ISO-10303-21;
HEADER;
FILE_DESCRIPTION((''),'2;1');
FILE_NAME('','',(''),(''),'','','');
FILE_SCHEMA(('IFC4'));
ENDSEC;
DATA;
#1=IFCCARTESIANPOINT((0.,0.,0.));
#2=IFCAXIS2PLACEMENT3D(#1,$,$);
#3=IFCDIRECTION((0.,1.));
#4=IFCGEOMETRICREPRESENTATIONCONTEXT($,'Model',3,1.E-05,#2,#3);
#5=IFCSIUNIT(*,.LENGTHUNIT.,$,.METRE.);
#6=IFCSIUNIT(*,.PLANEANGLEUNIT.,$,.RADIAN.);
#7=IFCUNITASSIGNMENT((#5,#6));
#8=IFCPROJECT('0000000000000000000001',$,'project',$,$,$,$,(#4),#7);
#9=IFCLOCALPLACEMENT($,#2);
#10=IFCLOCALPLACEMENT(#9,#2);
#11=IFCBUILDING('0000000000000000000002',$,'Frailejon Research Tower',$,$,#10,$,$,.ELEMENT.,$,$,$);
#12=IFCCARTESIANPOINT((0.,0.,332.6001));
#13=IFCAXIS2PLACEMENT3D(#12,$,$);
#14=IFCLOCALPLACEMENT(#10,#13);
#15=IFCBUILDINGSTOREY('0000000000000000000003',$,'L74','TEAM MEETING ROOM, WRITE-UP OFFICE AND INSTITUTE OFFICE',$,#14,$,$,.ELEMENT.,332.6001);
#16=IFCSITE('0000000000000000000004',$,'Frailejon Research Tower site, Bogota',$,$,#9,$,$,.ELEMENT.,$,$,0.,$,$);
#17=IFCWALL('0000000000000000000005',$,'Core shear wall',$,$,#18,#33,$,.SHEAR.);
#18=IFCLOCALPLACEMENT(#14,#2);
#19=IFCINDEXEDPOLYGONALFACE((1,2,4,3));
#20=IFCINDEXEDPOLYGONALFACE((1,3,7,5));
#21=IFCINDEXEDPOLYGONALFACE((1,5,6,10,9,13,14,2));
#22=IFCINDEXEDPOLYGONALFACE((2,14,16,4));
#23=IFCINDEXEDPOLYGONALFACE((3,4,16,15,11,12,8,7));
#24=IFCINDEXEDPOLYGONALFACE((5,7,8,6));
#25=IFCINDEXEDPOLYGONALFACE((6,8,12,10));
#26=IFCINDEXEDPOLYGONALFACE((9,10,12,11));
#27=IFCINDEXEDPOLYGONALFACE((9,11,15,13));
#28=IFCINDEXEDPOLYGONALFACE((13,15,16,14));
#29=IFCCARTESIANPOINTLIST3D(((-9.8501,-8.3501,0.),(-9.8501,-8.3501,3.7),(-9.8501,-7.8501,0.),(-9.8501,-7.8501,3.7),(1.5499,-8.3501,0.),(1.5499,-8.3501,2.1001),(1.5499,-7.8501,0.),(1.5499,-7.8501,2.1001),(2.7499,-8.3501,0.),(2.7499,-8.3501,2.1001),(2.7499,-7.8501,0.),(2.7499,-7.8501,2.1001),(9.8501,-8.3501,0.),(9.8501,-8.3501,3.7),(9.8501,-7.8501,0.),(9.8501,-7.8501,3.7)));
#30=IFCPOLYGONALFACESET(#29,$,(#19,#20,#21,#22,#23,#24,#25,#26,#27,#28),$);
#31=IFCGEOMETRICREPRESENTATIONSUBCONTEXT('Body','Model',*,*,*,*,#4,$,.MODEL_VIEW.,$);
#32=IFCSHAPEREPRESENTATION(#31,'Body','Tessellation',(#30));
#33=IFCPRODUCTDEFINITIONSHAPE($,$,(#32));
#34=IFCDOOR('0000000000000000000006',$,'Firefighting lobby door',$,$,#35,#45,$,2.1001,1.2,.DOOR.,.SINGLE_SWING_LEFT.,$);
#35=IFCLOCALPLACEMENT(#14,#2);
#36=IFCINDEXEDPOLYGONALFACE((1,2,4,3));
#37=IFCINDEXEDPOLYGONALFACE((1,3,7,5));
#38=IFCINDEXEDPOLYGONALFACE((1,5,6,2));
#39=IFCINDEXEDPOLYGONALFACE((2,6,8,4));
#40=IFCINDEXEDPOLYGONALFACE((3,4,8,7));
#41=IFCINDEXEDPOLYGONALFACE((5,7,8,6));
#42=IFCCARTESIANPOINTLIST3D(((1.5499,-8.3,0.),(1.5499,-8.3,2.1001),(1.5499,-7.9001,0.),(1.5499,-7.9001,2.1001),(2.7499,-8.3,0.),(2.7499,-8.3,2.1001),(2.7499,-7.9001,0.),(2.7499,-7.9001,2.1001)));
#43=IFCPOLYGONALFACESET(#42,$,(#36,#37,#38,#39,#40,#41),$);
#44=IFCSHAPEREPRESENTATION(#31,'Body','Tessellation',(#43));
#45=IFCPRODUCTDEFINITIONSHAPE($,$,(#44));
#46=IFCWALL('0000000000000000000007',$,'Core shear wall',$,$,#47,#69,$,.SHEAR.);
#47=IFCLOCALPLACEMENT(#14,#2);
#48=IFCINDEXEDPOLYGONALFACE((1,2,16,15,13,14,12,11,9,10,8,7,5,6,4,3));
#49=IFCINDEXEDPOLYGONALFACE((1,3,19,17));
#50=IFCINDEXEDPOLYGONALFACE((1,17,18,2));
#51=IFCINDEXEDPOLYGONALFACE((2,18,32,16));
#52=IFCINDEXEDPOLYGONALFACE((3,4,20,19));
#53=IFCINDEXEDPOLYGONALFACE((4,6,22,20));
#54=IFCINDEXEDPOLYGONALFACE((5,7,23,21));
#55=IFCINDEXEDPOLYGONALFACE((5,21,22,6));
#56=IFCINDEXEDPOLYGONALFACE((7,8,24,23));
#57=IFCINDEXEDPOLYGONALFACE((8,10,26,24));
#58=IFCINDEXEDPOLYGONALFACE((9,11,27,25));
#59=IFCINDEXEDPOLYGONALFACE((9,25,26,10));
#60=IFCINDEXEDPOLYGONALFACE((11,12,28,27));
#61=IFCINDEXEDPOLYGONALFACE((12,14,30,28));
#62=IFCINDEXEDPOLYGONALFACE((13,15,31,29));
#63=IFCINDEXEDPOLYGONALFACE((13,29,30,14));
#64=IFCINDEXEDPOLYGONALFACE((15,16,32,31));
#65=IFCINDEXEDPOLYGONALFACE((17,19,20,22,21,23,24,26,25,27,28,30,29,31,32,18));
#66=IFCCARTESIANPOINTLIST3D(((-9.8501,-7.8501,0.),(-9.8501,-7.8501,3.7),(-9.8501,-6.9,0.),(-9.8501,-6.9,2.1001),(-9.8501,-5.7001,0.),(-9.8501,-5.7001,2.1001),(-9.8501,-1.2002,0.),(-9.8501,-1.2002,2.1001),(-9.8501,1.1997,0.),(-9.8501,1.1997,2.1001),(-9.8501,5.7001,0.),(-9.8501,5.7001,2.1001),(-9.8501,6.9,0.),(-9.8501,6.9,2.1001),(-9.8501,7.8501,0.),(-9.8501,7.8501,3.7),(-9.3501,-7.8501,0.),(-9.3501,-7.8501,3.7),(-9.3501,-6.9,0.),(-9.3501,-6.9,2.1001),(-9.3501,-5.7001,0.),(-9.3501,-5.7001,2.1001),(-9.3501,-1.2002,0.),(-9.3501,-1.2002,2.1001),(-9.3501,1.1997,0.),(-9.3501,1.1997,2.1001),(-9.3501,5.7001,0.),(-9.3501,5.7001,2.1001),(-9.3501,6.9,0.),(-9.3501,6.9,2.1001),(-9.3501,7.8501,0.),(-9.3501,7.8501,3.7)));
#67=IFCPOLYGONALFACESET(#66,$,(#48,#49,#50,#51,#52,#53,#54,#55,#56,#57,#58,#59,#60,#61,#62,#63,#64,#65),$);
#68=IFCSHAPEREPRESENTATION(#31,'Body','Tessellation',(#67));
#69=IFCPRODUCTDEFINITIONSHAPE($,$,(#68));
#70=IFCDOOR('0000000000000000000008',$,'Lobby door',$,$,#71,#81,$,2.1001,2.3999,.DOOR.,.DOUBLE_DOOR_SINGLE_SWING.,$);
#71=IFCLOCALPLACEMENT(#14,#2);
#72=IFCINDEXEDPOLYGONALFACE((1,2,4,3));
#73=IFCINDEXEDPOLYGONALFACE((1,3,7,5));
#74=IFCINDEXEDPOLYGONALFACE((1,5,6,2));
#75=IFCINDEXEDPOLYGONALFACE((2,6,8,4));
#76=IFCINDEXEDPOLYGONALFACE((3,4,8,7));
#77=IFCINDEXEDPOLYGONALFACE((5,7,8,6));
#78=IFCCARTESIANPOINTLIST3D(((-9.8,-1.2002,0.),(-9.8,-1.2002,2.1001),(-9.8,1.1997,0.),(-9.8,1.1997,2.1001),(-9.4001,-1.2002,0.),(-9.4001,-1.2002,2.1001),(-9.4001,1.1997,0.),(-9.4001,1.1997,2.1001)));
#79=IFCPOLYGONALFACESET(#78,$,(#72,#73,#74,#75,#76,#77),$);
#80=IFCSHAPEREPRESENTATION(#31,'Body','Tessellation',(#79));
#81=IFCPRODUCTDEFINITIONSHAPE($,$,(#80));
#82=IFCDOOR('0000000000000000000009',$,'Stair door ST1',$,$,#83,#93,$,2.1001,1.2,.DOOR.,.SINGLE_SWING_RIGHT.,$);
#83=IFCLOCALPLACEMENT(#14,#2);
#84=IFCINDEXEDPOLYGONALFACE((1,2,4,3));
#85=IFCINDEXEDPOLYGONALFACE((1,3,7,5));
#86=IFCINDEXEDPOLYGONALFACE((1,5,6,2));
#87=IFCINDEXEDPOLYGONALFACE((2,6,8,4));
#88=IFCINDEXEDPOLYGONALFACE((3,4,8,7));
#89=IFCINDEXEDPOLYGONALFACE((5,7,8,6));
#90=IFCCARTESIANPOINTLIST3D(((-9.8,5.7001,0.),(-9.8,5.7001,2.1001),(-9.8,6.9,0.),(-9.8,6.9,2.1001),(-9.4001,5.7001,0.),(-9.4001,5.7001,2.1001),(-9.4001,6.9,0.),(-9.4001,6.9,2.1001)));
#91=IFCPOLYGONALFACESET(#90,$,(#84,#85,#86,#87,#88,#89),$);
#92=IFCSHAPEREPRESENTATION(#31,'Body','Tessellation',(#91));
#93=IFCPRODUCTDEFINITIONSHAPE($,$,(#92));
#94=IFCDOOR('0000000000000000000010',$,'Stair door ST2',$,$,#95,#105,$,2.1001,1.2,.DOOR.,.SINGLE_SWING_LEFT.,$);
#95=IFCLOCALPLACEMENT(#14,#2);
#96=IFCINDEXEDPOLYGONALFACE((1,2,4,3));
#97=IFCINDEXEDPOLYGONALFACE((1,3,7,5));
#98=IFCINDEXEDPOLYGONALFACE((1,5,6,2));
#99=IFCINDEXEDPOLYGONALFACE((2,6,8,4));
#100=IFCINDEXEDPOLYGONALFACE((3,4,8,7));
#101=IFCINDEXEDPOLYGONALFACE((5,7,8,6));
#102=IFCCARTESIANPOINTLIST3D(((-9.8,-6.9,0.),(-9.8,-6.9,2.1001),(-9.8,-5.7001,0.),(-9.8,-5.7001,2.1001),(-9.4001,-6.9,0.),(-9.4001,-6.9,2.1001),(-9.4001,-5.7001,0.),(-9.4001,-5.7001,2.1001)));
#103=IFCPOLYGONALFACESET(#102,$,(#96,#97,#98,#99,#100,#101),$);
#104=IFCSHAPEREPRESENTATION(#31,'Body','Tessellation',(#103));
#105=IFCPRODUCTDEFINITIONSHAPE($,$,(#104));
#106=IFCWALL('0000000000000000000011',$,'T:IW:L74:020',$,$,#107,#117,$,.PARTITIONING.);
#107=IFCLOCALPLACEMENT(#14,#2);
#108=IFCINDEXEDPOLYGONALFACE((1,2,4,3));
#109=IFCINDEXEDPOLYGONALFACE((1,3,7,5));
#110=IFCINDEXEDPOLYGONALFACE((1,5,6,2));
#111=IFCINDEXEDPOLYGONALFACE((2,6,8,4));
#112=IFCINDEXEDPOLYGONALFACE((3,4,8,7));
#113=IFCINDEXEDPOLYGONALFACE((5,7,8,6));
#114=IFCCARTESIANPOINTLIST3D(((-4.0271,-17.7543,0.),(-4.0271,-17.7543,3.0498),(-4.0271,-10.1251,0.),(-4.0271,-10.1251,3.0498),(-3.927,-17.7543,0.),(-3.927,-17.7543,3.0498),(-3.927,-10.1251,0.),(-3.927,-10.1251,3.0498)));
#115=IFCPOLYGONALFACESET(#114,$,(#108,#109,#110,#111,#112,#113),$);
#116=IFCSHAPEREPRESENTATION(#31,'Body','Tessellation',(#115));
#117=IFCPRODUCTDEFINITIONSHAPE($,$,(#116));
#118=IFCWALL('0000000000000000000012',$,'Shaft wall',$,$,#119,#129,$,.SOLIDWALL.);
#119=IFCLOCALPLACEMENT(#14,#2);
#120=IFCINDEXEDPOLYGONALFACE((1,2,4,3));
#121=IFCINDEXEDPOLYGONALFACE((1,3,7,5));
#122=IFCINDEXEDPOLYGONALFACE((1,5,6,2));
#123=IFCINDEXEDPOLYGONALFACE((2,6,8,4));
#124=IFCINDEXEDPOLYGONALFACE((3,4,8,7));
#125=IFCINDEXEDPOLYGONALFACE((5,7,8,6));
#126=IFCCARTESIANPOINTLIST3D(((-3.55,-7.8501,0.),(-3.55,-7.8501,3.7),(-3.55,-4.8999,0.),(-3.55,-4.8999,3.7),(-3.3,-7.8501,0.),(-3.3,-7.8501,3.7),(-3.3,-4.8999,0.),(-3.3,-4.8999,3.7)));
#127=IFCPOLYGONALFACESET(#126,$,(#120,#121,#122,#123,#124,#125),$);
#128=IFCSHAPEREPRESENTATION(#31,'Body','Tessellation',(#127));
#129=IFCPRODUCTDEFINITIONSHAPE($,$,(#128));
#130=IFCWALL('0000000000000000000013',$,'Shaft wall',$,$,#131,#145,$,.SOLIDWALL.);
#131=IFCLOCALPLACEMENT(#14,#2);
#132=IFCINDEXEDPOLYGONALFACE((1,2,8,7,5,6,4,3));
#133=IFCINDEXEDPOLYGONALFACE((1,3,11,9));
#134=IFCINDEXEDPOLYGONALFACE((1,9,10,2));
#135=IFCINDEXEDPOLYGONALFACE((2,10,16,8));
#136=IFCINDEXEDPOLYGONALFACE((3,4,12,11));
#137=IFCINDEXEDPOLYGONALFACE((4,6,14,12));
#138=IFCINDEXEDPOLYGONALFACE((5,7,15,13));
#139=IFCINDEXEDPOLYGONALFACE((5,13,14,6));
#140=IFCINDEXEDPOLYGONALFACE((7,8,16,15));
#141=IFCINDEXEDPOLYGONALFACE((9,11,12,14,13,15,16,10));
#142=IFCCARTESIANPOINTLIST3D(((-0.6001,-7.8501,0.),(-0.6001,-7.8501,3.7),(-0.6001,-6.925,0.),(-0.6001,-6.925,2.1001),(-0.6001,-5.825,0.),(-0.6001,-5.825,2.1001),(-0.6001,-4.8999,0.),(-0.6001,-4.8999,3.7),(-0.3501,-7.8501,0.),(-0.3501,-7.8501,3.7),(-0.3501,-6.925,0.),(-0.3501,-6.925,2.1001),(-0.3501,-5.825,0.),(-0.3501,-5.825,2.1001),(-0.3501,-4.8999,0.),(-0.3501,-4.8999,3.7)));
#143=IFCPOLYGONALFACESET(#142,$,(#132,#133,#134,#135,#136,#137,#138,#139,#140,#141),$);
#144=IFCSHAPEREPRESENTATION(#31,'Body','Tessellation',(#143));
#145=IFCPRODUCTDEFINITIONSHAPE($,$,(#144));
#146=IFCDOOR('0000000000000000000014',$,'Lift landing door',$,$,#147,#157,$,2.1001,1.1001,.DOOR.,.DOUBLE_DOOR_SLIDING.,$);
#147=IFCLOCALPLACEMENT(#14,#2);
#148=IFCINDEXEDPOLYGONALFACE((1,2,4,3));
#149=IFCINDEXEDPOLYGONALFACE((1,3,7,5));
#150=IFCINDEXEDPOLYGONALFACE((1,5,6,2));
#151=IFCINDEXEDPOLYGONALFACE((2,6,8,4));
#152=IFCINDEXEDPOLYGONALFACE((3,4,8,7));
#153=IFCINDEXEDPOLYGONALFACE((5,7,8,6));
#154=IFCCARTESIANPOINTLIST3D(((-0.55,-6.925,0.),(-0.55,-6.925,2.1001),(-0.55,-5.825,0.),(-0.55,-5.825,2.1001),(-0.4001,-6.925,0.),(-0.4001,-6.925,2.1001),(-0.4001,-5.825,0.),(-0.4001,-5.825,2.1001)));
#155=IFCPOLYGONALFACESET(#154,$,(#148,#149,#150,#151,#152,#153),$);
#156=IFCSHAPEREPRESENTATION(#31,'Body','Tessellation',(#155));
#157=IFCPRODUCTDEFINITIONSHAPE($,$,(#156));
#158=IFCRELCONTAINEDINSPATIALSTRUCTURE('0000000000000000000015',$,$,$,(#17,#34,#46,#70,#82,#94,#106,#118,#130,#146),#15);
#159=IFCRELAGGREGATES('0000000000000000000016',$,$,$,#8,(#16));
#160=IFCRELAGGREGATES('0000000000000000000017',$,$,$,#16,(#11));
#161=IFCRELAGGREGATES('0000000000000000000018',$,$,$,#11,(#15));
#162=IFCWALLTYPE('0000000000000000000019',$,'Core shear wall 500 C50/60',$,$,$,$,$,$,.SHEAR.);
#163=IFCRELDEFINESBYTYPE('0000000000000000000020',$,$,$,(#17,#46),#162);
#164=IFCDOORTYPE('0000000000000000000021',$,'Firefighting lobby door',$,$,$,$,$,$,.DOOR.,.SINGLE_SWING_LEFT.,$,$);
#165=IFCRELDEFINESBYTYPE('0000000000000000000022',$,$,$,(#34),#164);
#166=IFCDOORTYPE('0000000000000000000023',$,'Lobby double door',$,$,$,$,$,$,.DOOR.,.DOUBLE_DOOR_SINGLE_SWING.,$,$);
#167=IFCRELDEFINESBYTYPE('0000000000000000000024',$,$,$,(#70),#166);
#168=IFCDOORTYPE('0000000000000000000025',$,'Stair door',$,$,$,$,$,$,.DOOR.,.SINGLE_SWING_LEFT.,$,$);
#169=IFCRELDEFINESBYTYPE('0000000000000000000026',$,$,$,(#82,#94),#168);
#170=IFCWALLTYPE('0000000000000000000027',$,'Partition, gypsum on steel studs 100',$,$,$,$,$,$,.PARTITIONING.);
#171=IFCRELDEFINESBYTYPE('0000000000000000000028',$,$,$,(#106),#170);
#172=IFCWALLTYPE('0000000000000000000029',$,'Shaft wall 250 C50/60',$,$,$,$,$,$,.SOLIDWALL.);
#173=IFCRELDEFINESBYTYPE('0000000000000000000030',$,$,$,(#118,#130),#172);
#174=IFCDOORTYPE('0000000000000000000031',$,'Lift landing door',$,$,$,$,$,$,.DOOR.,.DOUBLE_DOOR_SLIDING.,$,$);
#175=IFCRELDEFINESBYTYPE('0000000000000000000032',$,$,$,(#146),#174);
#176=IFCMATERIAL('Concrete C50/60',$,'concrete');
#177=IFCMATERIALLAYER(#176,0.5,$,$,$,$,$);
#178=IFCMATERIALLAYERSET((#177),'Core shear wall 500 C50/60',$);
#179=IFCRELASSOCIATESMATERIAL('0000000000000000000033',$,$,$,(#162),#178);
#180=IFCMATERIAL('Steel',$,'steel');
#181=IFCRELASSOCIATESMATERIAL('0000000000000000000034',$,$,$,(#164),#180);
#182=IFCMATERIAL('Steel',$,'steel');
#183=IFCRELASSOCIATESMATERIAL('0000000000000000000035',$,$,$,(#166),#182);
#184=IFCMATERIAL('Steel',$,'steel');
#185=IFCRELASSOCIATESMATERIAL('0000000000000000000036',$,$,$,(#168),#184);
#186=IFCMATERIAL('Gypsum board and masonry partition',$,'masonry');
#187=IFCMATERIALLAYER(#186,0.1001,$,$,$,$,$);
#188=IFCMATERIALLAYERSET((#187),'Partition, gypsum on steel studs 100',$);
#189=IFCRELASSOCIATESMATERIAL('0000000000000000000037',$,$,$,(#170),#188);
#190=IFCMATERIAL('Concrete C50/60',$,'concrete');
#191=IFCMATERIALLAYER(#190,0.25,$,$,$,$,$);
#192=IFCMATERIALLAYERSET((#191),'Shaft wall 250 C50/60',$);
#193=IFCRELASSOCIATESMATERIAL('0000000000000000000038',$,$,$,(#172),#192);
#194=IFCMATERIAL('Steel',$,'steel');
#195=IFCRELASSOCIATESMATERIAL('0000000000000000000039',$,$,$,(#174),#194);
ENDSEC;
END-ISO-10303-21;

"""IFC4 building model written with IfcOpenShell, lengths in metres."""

from ifc_helpers import new_model, si_unit, direction, frame, frame_2d, origin, place, context, subcontext, project, spatial, rectangle, extrude, material, layer, layer_set, type_object, element, fill, save


model = new_model("IFC4")

# Units and contexts
model_context = context("Model", 3, precision=1e-05, world=origin(), true_north=direction((0.0, 1.0)))
body_context = subcontext(model_context, "Body", "Model", "MODEL_VIEW")
ifc_project = project(units=[si_unit("LENGTHUNIT", "METRE"), si_unit("PLANEANGLEUNIT", "RADIAN")], contexts=[model_context])

# Site, building, storey
site_placement = place(None, origin())
site = spatial("IfcSite", under=ifc_project, at=site_placement, Name="Frailejon Research Tower site, Bogota", CompositionType="ELEMENT", RefElevation=0.0)
building_placement = place(site_placement, origin())
building = spatial("IfcBuilding", under=site, at=building_placement, Name="Frailejon Research Tower", CompositionType="ELEMENT")
storey_placement = place(building_placement, frame((0.0, 0.0, 332.6001)))
storey = spatial("IfcBuildingStorey", under=building, at=storey_placement, Name="L74", Description="TEAM MEETING ROOM, WRITE-UP OFFICE AND INSTITUTE OFFICE", CompositionType="ELEMENT", Elevation=332.6001)

# Wall, opening, door
ifc_material_1 = material(Name="Concrete C50/60", Category="concrete")
ifc_layer_1 = layer(ifc_material_1, 0.5)
ifc_layer_set_1 = layer_set([ifc_layer_1], Name="Core shear wall 500 C50/60")
wall_type_1 = type_object("IfcWallType", Name="Core shear wall 500 C50/60", PredefinedType="SHEAR", material=ifc_layer_set_1)
wall_1_placement = place(storey_placement, frame((-9.8501, -8.1001, 0.0), z_axis=(0.0, 0.0, 1.0), x_axis=(1.0, 0.0, 0.0)))
wall_1 = element("IfcWall", 1, at=wall_1_placement, inside=storey, type_object=wall_type_1, Name="Core shear wall", PredefinedType="SHEAR", context=body_context, shape_type="SweptSolid", body=[
    extrude(rectangle(XDim=19.7002, YDim=0.5, at=frame_2d((9.8501, 0.0))), origin(), (0.0, 0.0, 1.0), 3.7),
])
opening_1_placement = place(wall_1_placement, frame((11.3999, 0.0, 0.0)))
opening_1 = element("IfcOpeningElement", 2, at=opening_1_placement, cuts=wall_1, PredefinedType="OPENING", context=body_context, shape_type="SweptSolid", body=[
    extrude(rectangle(XDim=1.2, YDim=2.1001, at=frame_2d((0.6001, 1.05))), frame((0.0, 0.26, 0.0), z_axis=(0.0, -1.0, 0.0), x_axis=(1.0, 0.0, 0.0)), (0.0, 0.0, 1.0), 0.52),
])
ifc_material_2 = material(Name="Steel", Category="steel")
door_type_1 = type_object("IfcDoorType", Name="Firefighting lobby door", OperationType="SINGLE_SWING_LEFT", PredefinedType="DOOR", material=ifc_material_2)
door_1_placement = place(opening_1_placement, origin())
door_1 = element("IfcDoor", 3, at=door_1_placement, inside=storey, type_object=door_type_1, Name="Firefighting lobby door", OperationType="SINGLE_SWING_LEFT", OverallHeight=2.1001, OverallWidth=1.2, PredefinedType="DOOR", context=body_context, shape_type="SweptSolid", body=[
    extrude(rectangle(XDim=1.2, YDim=2.1001, at=frame_2d((0.6001, 1.05))), frame((0.0, 0.2, 0.0), z_axis=(0.0, -1.0, 0.0), x_axis=(1.0, 0.0, 0.0)), (0.0, 0.0, 1.0), 0.3999),
])
fill(opening_1, door_1)

# Wall, openings, doors
wall_2_placement = place(storey_placement, frame((-9.6001, -7.8501, 0.0), z_axis=(0.0, 0.0, 1.0), x_axis=(0.0, 1.0, 0.0)))
wall_2 = element("IfcWall", 4, at=wall_2_placement, inside=storey, type_object=wall_type_1, Name="Core shear wall", PredefinedType="SHEAR", context=body_context, shape_type="SweptSolid", body=[
    extrude(rectangle(XDim=15.7002, YDim=0.5, at=frame_2d((7.8501, 0.0))), origin(), (0.0, 0.0, 1.0), 3.7),
])
opening_2_placement = place(wall_2_placement, frame((6.6499, 0.0, 0.0)))
opening_2 = element("IfcOpeningElement", 5, at=opening_2_placement, cuts=wall_2, PredefinedType="OPENING", context=body_context, shape_type="SweptSolid", body=[
    extrude(rectangle(XDim=2.3999, YDim=2.1001, at=frame_2d((1.2, 1.05))), frame((0.0, 0.26, 0.0), z_axis=(0.0, -1.0, 0.0), x_axis=(1.0, 0.0, 0.0)), (0.0, 0.0, 1.0), 0.52),
])
opening_3_placement = place(wall_2_placement, frame((13.55, 0.0, 0.0)))
opening_3 = element("IfcOpeningElement", 6, at=opening_3_placement, cuts=wall_2, PredefinedType="OPENING", context=body_context, shape_type="SweptSolid", body=[
    extrude(rectangle(XDim=1.2, YDim=2.1001, at=frame_2d((0.6001, 1.05))), frame((0.0, 0.26, 0.0), z_axis=(0.0, -1.0, 0.0), x_axis=(1.0, 0.0, 0.0)), (0.0, 0.0, 1.0), 0.52),
])
opening_4_placement = place(wall_2_placement, frame((0.95, 0.0, 0.0)))
opening_4 = element("IfcOpeningElement", 7, at=opening_4_placement, cuts=wall_2, PredefinedType="OPENING", context=body_context, shape_type="SweptSolid", body=[
    extrude(rectangle(XDim=1.2, YDim=2.1001, at=frame_2d((0.6001, 1.05))), frame((0.0, 0.26, 0.0), z_axis=(0.0, -1.0, 0.0), x_axis=(1.0, 0.0, 0.0)), (0.0, 0.0, 1.0), 0.52),
])
ifc_material_3 = material(Name="Steel", Category="steel")
door_type_2 = type_object("IfcDoorType", Name="Lobby double door", OperationType="DOUBLE_DOOR_SINGLE_SWING", PredefinedType="DOOR", material=ifc_material_3)
door_2_placement = place(opening_2_placement, origin())
door_2 = element("IfcDoor", 8, at=door_2_placement, inside=storey, type_object=door_type_2, Name="Lobby door", OperationType="DOUBLE_DOOR_SINGLE_SWING", OverallHeight=2.1001, OverallWidth=2.3999, PredefinedType="DOOR", context=body_context, shape_type="SweptSolid", body=[
    extrude(rectangle(XDim=2.3999, YDim=2.1001, at=frame_2d((1.2, 1.05))), frame((0.0, 0.2, 0.0), z_axis=(0.0, -1.0, 0.0), x_axis=(1.0, 0.0, 0.0)), (0.0, 0.0, 1.0), 0.3999),
])
fill(opening_2, door_2)
ifc_material_4 = material(Name="Steel", Category="steel")
door_type_3 = type_object("IfcDoorType", Name="Stair door", OperationType="SINGLE_SWING_LEFT", PredefinedType="DOOR", material=ifc_material_4)
door_3_placement = place(opening_3_placement, origin())
door_3 = element("IfcDoor", 9, at=door_3_placement, inside=storey, type_object=door_type_3, Name="Stair door ST1", OperationType="SINGLE_SWING_RIGHT", OverallHeight=2.1001, OverallWidth=1.2, PredefinedType="DOOR", context=body_context, shape_type="SweptSolid", body=[
    extrude(rectangle(XDim=1.2, YDim=2.1001, at=frame_2d((0.6001, 1.05))), frame((0.0, 0.2, 0.0), z_axis=(0.0, -1.0, 0.0), x_axis=(1.0, 0.0, 0.0)), (0.0, 0.0, 1.0), 0.3999),
])
fill(opening_3, door_3)
door_4_placement = place(opening_4_placement, origin())
door_4 = element("IfcDoor", 10, at=door_4_placement, inside=storey, type_object=door_type_3, Name="Stair door ST2", OperationType="SINGLE_SWING_LEFT", OverallHeight=2.1001, OverallWidth=1.2, PredefinedType="DOOR", context=body_context, shape_type="SweptSolid", body=[
    extrude(rectangle(XDim=1.2, YDim=2.1001, at=frame_2d((0.6001, 1.05))), frame((0.0, 0.2, 0.0), z_axis=(0.0, -1.0, 0.0), x_axis=(1.0, 0.0, 0.0)), (0.0, 0.0, 1.0), 0.3999),
])
fill(opening_4, door_4)

# Walls
ifc_material_5 = material(Name="Gypsum board and masonry partition", Category="masonry")
ifc_layer_2 = layer(ifc_material_5, 0.1001)
ifc_layer_set_2 = layer_set([ifc_layer_2], Name="Partition, gypsum on steel studs 100")
wall_type_2 = type_object("IfcWallType", Name="Partition, gypsum on steel studs 100", PredefinedType="PARTITIONING", material=ifc_layer_set_2)
wall_3_placement = place(storey_placement, frame((-3.9771, -17.7542, 0.0), z_axis=(0.0, 0.0, 1.0), x_axis=(0.0, 1.0, 0.0)))
element("IfcWall", 11, at=wall_3_placement, inside=storey, type_object=wall_type_2, Name="T:IW:L74:020", PredefinedType="PARTITIONING", context=body_context, shape_type="SweptSolid", body=[
    extrude(rectangle(XDim=7.6292, YDim=0.1001, at=frame_2d((3.8145, 0.0))), origin(), (0.0, 0.0, 1.0), 3.0498),
])
ifc_material_6 = material(Name="Concrete C50/60", Category="concrete")
ifc_layer_3 = layer(ifc_material_6, 0.25)
ifc_layer_set_3 = layer_set([ifc_layer_3], Name="Shaft wall 250 C50/60")
wall_type_3 = type_object("IfcWallType", Name="Shaft wall 250 C50/60", PredefinedType="SOLIDWALL", material=ifc_layer_set_3)
wall_4_placement = place(storey_placement, frame((-3.425, -7.8501, 0.0), z_axis=(0.0, 0.0, 1.0), x_axis=(0.0, 1.0, 0.0)))
element("IfcWall", 12, at=wall_4_placement, inside=storey, type_object=wall_type_3, Name="Shaft wall", PredefinedType="SOLIDWALL", context=body_context, shape_type="SweptSolid", body=[
    extrude(rectangle(XDim=2.9502, YDim=0.25, at=frame_2d((1.4751, 0.0))), origin(), (0.0, 0.0, 1.0), 3.7),
])

# Wall, opening, door
wall_5_placement = place(storey_placement, frame((-0.4751, -7.8501, 0.0), z_axis=(0.0, 0.0, 1.0), x_axis=(0.0, 1.0, 0.0)))
wall_5 = element("IfcWall", 13, at=wall_5_placement, inside=storey, type_object=wall_type_3, Name="Shaft wall", PredefinedType="SOLIDWALL", context=body_context, shape_type="SweptSolid", body=[
    extrude(rectangle(XDim=2.9502, YDim=0.25, at=frame_2d((1.4751, 0.0))), origin(), (0.0, 0.0, 1.0), 3.7),
])
opening_5_placement = place(wall_5_placement, frame((0.925, 0.0, 0.0)))
opening_5 = element("IfcOpeningElement", 14, at=opening_5_placement, cuts=wall_5, PredefinedType="OPENING", context=body_context, shape_type="SweptSolid", body=[
    extrude(rectangle(XDim=1.1001, YDim=2.1001, at=frame_2d((0.55, 1.05))), frame((0.0, 0.135, 0.0), z_axis=(0.0, -1.0, 0.0), x_axis=(1.0, 0.0, 0.0)), (0.0, 0.0, 1.0), 0.27),
])
ifc_material_7 = material(Name="Steel", Category="steel")
door_type_4 = type_object("IfcDoorType", Name="Lift landing door", OperationType="DOUBLE_DOOR_SLIDING", PredefinedType="DOOR", material=ifc_material_7)
door_5_placement = place(opening_5_placement, origin())
door_5 = element("IfcDoor", 15, at=door_5_placement, inside=storey, type_object=door_type_4, Name="Lift landing door", OperationType="DOUBLE_DOOR_SLIDING", OverallHeight=2.1001, OverallWidth=1.1001, PredefinedType="DOOR", context=body_context, shape_type="SweptSolid", body=[
    extrude(rectangle(XDim=1.1001, YDim=2.1001, at=frame_2d((0.55, 1.05))), frame((0.0, 0.075, 0.0), z_axis=(0.0, -1.0, 0.0), x_axis=(1.0, 0.0, 0.0)), (0.0, 0.0, 1.0), 0.1499),
])
fill(opening_5, door_5)

save(model, "model.ifc")
